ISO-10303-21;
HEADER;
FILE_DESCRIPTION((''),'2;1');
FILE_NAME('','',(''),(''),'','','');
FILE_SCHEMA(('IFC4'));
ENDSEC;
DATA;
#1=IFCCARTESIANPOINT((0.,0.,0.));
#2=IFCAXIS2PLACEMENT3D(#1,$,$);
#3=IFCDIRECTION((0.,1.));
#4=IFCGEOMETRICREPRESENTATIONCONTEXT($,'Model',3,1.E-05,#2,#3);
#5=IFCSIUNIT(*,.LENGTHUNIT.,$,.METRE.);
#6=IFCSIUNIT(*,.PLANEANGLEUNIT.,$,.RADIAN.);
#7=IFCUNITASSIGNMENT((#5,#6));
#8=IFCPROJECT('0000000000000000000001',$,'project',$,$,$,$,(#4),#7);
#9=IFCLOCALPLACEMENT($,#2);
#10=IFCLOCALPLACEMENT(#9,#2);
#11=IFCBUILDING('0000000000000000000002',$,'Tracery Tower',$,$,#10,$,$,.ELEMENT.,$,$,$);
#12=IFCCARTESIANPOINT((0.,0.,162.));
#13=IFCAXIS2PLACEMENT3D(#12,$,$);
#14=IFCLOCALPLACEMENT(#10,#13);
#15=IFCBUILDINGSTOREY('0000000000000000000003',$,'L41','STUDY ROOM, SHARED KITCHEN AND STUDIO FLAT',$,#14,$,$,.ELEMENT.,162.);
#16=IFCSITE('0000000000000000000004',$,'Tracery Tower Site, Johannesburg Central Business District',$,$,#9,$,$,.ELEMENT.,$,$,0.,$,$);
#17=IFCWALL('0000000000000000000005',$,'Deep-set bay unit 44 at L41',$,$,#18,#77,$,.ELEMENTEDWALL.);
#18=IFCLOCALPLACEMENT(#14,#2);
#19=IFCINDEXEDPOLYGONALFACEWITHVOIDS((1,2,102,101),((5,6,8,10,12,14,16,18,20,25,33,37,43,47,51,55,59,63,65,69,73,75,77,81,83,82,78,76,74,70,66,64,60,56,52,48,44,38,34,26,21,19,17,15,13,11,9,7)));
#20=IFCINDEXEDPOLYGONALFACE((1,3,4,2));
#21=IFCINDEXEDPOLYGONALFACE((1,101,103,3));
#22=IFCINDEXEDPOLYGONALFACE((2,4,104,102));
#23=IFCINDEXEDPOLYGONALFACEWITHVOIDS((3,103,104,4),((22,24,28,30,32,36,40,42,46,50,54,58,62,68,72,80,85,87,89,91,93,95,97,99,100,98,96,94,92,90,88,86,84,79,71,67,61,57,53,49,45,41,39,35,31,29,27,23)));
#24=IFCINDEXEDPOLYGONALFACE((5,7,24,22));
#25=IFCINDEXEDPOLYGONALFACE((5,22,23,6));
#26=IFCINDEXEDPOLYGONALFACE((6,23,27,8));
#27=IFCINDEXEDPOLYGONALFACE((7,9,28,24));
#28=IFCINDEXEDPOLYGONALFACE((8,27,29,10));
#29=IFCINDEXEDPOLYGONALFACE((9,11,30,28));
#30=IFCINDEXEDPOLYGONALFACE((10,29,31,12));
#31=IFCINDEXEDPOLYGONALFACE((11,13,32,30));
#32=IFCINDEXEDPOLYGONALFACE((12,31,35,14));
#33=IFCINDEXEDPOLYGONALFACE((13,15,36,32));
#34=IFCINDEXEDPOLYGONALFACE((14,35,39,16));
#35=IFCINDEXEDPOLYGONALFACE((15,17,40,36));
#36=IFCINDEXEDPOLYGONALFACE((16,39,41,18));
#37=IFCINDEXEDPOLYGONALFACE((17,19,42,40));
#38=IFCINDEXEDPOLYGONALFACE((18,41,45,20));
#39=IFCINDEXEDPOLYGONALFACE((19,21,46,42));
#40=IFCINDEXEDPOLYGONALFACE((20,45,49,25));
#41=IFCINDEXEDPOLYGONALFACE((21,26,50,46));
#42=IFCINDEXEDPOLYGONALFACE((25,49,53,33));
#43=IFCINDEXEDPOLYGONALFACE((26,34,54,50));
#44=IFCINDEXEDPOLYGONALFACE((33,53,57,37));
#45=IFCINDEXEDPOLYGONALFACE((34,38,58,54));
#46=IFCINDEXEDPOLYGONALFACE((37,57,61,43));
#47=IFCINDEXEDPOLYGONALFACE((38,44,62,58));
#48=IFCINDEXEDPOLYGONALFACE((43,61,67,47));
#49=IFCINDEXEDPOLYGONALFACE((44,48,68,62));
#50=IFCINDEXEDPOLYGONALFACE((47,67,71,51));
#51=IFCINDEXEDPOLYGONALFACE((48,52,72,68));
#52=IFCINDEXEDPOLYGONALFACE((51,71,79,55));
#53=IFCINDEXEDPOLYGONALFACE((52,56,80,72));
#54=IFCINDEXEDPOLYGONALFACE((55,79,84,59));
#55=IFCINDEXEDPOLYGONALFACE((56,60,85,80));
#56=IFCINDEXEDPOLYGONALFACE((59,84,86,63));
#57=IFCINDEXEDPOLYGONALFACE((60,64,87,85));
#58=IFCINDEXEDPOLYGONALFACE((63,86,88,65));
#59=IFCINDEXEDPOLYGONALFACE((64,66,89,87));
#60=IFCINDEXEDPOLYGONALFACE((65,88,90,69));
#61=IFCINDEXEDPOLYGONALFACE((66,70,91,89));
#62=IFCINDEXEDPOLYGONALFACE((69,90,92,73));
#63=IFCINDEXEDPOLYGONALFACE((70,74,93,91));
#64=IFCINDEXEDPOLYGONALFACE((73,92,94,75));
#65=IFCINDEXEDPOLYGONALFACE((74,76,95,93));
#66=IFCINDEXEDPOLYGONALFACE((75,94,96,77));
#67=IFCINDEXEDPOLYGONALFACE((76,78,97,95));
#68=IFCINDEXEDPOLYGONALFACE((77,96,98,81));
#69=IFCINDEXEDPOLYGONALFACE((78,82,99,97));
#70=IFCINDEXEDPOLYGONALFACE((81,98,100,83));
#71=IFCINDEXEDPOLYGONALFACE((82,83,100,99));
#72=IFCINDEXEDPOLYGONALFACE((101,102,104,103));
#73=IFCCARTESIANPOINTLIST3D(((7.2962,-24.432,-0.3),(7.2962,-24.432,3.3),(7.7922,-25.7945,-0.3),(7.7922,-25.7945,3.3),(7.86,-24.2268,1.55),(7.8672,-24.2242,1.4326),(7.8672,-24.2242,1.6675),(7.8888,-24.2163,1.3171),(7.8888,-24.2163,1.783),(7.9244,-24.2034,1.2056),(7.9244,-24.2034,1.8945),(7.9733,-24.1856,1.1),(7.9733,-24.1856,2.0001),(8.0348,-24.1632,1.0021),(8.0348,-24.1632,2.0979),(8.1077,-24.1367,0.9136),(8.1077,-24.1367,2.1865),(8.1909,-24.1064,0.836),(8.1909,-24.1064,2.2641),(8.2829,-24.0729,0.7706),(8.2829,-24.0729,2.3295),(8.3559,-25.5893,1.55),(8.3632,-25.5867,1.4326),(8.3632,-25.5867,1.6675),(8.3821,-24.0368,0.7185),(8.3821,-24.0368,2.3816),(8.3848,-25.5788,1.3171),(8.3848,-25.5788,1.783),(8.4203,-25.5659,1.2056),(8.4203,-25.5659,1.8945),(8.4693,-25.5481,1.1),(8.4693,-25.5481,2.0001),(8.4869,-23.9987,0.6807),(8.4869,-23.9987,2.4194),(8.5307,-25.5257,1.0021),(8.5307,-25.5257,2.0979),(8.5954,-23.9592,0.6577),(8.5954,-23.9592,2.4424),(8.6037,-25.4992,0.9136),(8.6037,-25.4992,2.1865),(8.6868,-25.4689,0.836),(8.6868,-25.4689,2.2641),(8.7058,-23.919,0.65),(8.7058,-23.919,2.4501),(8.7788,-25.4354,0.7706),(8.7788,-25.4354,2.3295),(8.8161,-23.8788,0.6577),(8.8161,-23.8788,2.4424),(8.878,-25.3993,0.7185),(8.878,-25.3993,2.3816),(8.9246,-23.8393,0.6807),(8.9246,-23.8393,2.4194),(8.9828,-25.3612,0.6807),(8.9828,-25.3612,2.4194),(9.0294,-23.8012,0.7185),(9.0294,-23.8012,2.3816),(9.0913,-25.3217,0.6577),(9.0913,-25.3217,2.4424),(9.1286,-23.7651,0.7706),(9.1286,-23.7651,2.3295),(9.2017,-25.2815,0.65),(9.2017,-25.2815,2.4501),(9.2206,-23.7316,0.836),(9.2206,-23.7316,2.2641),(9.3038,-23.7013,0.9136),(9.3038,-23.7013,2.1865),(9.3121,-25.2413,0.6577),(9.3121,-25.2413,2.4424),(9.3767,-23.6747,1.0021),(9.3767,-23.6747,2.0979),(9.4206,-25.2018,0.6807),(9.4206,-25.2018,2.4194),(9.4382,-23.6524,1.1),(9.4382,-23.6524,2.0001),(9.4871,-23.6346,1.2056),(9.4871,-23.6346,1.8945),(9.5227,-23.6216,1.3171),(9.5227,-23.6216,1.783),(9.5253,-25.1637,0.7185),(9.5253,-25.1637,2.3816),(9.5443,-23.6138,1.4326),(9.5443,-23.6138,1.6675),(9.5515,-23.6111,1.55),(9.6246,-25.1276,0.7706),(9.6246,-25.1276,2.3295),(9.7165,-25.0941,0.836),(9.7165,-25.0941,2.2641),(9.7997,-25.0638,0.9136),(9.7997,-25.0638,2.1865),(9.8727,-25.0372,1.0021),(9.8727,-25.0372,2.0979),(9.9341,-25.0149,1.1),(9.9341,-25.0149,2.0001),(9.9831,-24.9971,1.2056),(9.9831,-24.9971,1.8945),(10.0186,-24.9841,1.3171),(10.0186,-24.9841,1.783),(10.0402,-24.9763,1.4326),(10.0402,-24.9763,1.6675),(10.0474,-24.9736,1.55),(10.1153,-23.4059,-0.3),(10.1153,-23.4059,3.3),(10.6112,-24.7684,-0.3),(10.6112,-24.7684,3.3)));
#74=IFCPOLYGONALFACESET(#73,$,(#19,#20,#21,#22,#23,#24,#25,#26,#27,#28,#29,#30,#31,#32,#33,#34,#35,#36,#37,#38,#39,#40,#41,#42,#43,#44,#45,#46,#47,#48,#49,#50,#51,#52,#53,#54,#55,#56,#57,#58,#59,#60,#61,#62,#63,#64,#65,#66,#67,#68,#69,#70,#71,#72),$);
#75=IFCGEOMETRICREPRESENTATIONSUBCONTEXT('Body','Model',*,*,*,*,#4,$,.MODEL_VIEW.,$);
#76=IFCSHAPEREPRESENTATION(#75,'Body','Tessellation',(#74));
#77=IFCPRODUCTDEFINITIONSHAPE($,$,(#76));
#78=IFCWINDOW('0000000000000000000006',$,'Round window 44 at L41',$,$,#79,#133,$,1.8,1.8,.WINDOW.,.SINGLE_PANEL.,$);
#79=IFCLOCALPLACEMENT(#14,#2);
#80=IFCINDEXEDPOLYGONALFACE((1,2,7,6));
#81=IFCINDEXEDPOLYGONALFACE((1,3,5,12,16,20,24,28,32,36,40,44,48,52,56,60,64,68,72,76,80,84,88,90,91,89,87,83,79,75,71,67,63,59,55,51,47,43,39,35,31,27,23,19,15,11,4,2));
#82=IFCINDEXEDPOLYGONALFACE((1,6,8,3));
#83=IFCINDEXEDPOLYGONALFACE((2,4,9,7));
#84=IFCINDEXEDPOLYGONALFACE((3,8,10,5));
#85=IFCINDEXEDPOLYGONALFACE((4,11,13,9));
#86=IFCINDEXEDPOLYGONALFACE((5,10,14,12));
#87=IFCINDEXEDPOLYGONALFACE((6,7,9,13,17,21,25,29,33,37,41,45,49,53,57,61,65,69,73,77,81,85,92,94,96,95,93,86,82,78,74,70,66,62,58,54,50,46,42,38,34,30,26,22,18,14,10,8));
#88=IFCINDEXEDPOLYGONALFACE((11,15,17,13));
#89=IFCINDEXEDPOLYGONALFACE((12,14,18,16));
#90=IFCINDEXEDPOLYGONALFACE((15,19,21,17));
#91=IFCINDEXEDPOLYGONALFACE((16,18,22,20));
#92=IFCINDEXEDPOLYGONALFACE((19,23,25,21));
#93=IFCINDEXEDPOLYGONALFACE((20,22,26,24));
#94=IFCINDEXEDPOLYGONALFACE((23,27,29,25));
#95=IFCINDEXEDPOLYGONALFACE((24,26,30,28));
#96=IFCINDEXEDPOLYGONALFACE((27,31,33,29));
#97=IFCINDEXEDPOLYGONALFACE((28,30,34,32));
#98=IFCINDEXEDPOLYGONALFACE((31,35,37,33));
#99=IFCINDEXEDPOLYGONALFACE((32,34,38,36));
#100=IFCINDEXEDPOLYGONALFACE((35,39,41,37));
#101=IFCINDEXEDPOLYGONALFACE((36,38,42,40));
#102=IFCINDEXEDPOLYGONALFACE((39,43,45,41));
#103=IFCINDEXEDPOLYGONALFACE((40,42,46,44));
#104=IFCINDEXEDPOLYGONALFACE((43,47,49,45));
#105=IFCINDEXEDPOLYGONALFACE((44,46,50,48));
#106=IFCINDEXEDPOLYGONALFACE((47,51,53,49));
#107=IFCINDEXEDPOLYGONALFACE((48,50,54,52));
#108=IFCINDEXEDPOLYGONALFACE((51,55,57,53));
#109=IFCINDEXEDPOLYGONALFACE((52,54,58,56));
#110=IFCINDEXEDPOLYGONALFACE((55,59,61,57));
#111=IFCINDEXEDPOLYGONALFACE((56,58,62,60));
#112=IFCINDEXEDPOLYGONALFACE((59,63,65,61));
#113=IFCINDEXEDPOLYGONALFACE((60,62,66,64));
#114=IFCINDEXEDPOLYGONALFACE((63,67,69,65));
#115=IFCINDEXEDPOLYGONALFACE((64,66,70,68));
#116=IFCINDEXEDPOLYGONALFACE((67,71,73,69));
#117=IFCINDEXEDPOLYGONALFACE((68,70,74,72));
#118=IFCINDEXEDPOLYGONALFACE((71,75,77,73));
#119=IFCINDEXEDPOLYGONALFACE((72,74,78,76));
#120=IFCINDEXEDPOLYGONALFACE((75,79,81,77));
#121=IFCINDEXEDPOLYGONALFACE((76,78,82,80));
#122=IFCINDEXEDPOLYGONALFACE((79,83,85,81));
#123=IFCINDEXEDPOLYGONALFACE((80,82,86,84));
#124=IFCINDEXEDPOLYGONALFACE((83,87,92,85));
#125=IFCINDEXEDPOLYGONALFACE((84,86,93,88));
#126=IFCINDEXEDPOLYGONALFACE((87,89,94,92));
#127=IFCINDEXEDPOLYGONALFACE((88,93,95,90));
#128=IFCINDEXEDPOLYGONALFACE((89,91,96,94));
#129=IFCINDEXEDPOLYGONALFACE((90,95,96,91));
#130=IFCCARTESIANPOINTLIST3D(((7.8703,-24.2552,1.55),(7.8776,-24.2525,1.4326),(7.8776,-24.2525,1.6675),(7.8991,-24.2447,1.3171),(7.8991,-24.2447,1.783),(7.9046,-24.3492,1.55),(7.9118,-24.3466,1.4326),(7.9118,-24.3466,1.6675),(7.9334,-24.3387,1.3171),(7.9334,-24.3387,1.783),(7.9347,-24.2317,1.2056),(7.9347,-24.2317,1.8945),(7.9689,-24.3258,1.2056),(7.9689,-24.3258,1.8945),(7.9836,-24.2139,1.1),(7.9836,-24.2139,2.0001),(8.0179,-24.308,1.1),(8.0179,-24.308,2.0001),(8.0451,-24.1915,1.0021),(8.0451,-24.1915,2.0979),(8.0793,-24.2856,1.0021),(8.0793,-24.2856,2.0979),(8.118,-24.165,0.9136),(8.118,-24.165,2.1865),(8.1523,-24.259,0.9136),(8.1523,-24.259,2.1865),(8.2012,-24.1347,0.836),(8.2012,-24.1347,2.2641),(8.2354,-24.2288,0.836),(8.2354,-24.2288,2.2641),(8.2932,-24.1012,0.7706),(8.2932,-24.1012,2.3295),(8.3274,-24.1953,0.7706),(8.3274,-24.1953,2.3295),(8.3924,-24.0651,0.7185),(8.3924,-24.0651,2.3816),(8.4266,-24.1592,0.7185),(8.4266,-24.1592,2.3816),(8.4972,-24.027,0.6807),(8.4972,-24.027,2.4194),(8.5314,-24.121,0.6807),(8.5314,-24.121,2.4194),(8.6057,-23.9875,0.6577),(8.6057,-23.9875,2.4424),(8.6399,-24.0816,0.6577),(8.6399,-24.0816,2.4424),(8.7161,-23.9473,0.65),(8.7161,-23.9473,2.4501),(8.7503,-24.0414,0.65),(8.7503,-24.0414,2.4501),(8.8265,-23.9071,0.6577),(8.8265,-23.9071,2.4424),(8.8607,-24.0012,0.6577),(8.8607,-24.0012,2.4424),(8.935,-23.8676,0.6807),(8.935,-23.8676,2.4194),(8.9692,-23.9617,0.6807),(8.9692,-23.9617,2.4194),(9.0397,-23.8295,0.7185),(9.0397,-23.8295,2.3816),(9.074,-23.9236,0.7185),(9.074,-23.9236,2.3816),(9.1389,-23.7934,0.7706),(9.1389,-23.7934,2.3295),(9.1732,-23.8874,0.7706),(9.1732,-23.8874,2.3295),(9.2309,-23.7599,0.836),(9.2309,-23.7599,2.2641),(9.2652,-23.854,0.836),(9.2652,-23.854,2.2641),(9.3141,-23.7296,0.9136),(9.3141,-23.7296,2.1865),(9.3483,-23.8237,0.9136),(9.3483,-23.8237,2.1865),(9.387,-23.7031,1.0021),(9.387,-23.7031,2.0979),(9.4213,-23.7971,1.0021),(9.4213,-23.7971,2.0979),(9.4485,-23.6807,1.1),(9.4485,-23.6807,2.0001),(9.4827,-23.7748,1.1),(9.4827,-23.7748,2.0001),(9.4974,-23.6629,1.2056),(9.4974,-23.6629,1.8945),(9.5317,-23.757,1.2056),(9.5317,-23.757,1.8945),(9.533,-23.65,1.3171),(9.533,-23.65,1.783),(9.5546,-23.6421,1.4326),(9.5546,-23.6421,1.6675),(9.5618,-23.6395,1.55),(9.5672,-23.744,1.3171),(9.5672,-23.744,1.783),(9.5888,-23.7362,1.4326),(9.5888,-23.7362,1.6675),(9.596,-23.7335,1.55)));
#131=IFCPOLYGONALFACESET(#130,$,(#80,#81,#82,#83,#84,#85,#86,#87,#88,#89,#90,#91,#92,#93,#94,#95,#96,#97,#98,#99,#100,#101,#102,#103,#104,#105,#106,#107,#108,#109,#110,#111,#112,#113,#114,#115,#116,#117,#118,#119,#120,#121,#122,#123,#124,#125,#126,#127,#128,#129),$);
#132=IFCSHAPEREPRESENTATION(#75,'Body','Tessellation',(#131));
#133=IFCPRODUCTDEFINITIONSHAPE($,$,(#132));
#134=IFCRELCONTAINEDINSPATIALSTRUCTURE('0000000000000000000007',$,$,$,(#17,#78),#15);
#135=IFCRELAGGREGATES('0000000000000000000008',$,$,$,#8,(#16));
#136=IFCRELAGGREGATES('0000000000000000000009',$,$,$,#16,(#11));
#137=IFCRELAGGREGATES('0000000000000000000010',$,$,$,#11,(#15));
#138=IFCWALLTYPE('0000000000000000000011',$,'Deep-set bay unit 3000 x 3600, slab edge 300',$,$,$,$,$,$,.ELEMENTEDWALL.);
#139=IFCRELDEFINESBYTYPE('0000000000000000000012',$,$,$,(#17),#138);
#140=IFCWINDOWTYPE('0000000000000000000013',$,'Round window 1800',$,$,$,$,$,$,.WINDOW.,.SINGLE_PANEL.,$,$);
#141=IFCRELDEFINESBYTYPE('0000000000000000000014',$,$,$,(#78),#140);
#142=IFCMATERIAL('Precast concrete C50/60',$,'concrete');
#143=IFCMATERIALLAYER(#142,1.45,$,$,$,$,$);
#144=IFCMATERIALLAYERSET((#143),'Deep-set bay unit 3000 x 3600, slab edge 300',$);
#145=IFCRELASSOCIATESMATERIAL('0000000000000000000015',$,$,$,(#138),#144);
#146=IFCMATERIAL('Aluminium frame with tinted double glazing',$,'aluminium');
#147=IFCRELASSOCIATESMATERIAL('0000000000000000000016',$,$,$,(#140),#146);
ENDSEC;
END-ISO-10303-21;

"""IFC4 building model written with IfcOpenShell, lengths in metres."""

from ifc_helpers import new_model, si_unit, direction, frame, frame_2d, origin, origin_2d, place, context, subcontext, project, spatial, rectangle, circle, extrude, material, layer, layer_set, type_object, element, fill, save


model = new_model("IFC4")

# Units and contexts
model_context = context("Model", 3, precision=1e-05, world=origin(), true_north=direction((0.0, 1.0)))
body_context = subcontext(model_context, "Body", "Model", "MODEL_VIEW")
ifc_project = project(units=[si_unit("LENGTHUNIT", "METRE"), si_unit("PLANEANGLEUNIT", "RADIAN")], contexts=[model_context])

# Site, building, storey
site_placement = place(None, origin())
site = spatial("IfcSite", under=ifc_project, at=site_placement, Name="Tracery Tower Site, Johannesburg Central Business District", CompositionType="ELEMENT", RefElevation=0.0)
building_placement = place(site_placement, origin())
building = spatial("IfcBuilding", under=site, at=building_placement, Name="Tracery Tower", CompositionType="ELEMENT")
storey_placement = place(building_placement, frame((0.0, 0.0, 162.0)))
storey = spatial("IfcBuildingStorey", under=building, at=storey_placement, Name="L41", Description="STUDY ROOM, SHARED KITCHEN AND STUDIO FLAT", CompositionType="ELEMENT", Elevation=162.0)

# Wall, opening, window
ifc_material_1 = material(Name="Precast concrete C50/60", Category="concrete")
ifc_layer_1 = layer(ifc_material_1, 1.45)
ifc_layer_set_1 = layer_set([ifc_layer_1], Name="Deep-set bay unit 3000 x 3600, slab edge 300")
wall_type_1 = type_object("IfcWallType", Name="Deep-set bay unit 3000 x 3600, slab edge 300", PredefinedType="ELEMENTEDWALL", material=ifc_layer_set_1)
wall_1_placement = place(storey_placement, frame((7.5442, -25.1133, -0.3), z_axis=(0.0, 0.0, 1.0), x_axis=(0.939686, 0.342037, 0.0)))
wall_1 = element("IfcWall", 1, at=wall_1_placement, inside=storey, type_object=wall_type_1, Name="Deep-set bay unit 44 at L41", PredefinedType="ELEMENTEDWALL", context=body_context, shape_type="SweptSolid", body=[
    extrude(rectangle(XDim=3.0, YDim=1.45, at=frame_2d((1.5, 0.0))), origin(), (0.0, 0.0, 1.0), 3.6001),
])
opening_1_placement = place(wall_1_placement, frame((1.5, 0.0, 1.8501)))
opening_1 = element("IfcOpeningElement", 2, at=opening_1_placement, cuts=wall_1, PredefinedType="OPENING", context=body_context, shape_type="SweptSolid", body=[
    extrude(circle(Radius=0.9, at=origin_2d()), frame((0.0, 0.7349, 0.0), z_axis=(0.0, -1.0, 0.0), x_axis=(1.0, 0.0, 0.0)), (0.0, 0.0, 1.0), 1.47),
])
ifc_material_2 = material(Name="Aluminium frame with tinted double glazing", Category="aluminium")
window_type = type_object("IfcWindowType", Name="Round window 1800", PartitioningType="SINGLE_PANEL", PredefinedType="WINDOW", material=ifc_material_2)
window_1_placement = place(opening_1_placement, origin())
window_1 = element("IfcWindow", 3, at=window_1_placement, inside=storey, type_object=window_type, Name="Round window 44 at L41", OverallHeight=1.8, OverallWidth=1.8, PartitioningType="SINGLE_PANEL", PredefinedType="WINDOW", context=body_context, shape_type="SweptSolid", body=[
    extrude(circle(Radius=0.9, at=origin_2d()), frame((0.0, 0.6948, 0.0), z_axis=(0.0, -1.0, 0.0), x_axis=(1.0, 0.0, 0.0)), (0.0, 0.0, 1.0), 0.1001),
])
fill(opening_1, window_1)

save(model, "model.ifc")
